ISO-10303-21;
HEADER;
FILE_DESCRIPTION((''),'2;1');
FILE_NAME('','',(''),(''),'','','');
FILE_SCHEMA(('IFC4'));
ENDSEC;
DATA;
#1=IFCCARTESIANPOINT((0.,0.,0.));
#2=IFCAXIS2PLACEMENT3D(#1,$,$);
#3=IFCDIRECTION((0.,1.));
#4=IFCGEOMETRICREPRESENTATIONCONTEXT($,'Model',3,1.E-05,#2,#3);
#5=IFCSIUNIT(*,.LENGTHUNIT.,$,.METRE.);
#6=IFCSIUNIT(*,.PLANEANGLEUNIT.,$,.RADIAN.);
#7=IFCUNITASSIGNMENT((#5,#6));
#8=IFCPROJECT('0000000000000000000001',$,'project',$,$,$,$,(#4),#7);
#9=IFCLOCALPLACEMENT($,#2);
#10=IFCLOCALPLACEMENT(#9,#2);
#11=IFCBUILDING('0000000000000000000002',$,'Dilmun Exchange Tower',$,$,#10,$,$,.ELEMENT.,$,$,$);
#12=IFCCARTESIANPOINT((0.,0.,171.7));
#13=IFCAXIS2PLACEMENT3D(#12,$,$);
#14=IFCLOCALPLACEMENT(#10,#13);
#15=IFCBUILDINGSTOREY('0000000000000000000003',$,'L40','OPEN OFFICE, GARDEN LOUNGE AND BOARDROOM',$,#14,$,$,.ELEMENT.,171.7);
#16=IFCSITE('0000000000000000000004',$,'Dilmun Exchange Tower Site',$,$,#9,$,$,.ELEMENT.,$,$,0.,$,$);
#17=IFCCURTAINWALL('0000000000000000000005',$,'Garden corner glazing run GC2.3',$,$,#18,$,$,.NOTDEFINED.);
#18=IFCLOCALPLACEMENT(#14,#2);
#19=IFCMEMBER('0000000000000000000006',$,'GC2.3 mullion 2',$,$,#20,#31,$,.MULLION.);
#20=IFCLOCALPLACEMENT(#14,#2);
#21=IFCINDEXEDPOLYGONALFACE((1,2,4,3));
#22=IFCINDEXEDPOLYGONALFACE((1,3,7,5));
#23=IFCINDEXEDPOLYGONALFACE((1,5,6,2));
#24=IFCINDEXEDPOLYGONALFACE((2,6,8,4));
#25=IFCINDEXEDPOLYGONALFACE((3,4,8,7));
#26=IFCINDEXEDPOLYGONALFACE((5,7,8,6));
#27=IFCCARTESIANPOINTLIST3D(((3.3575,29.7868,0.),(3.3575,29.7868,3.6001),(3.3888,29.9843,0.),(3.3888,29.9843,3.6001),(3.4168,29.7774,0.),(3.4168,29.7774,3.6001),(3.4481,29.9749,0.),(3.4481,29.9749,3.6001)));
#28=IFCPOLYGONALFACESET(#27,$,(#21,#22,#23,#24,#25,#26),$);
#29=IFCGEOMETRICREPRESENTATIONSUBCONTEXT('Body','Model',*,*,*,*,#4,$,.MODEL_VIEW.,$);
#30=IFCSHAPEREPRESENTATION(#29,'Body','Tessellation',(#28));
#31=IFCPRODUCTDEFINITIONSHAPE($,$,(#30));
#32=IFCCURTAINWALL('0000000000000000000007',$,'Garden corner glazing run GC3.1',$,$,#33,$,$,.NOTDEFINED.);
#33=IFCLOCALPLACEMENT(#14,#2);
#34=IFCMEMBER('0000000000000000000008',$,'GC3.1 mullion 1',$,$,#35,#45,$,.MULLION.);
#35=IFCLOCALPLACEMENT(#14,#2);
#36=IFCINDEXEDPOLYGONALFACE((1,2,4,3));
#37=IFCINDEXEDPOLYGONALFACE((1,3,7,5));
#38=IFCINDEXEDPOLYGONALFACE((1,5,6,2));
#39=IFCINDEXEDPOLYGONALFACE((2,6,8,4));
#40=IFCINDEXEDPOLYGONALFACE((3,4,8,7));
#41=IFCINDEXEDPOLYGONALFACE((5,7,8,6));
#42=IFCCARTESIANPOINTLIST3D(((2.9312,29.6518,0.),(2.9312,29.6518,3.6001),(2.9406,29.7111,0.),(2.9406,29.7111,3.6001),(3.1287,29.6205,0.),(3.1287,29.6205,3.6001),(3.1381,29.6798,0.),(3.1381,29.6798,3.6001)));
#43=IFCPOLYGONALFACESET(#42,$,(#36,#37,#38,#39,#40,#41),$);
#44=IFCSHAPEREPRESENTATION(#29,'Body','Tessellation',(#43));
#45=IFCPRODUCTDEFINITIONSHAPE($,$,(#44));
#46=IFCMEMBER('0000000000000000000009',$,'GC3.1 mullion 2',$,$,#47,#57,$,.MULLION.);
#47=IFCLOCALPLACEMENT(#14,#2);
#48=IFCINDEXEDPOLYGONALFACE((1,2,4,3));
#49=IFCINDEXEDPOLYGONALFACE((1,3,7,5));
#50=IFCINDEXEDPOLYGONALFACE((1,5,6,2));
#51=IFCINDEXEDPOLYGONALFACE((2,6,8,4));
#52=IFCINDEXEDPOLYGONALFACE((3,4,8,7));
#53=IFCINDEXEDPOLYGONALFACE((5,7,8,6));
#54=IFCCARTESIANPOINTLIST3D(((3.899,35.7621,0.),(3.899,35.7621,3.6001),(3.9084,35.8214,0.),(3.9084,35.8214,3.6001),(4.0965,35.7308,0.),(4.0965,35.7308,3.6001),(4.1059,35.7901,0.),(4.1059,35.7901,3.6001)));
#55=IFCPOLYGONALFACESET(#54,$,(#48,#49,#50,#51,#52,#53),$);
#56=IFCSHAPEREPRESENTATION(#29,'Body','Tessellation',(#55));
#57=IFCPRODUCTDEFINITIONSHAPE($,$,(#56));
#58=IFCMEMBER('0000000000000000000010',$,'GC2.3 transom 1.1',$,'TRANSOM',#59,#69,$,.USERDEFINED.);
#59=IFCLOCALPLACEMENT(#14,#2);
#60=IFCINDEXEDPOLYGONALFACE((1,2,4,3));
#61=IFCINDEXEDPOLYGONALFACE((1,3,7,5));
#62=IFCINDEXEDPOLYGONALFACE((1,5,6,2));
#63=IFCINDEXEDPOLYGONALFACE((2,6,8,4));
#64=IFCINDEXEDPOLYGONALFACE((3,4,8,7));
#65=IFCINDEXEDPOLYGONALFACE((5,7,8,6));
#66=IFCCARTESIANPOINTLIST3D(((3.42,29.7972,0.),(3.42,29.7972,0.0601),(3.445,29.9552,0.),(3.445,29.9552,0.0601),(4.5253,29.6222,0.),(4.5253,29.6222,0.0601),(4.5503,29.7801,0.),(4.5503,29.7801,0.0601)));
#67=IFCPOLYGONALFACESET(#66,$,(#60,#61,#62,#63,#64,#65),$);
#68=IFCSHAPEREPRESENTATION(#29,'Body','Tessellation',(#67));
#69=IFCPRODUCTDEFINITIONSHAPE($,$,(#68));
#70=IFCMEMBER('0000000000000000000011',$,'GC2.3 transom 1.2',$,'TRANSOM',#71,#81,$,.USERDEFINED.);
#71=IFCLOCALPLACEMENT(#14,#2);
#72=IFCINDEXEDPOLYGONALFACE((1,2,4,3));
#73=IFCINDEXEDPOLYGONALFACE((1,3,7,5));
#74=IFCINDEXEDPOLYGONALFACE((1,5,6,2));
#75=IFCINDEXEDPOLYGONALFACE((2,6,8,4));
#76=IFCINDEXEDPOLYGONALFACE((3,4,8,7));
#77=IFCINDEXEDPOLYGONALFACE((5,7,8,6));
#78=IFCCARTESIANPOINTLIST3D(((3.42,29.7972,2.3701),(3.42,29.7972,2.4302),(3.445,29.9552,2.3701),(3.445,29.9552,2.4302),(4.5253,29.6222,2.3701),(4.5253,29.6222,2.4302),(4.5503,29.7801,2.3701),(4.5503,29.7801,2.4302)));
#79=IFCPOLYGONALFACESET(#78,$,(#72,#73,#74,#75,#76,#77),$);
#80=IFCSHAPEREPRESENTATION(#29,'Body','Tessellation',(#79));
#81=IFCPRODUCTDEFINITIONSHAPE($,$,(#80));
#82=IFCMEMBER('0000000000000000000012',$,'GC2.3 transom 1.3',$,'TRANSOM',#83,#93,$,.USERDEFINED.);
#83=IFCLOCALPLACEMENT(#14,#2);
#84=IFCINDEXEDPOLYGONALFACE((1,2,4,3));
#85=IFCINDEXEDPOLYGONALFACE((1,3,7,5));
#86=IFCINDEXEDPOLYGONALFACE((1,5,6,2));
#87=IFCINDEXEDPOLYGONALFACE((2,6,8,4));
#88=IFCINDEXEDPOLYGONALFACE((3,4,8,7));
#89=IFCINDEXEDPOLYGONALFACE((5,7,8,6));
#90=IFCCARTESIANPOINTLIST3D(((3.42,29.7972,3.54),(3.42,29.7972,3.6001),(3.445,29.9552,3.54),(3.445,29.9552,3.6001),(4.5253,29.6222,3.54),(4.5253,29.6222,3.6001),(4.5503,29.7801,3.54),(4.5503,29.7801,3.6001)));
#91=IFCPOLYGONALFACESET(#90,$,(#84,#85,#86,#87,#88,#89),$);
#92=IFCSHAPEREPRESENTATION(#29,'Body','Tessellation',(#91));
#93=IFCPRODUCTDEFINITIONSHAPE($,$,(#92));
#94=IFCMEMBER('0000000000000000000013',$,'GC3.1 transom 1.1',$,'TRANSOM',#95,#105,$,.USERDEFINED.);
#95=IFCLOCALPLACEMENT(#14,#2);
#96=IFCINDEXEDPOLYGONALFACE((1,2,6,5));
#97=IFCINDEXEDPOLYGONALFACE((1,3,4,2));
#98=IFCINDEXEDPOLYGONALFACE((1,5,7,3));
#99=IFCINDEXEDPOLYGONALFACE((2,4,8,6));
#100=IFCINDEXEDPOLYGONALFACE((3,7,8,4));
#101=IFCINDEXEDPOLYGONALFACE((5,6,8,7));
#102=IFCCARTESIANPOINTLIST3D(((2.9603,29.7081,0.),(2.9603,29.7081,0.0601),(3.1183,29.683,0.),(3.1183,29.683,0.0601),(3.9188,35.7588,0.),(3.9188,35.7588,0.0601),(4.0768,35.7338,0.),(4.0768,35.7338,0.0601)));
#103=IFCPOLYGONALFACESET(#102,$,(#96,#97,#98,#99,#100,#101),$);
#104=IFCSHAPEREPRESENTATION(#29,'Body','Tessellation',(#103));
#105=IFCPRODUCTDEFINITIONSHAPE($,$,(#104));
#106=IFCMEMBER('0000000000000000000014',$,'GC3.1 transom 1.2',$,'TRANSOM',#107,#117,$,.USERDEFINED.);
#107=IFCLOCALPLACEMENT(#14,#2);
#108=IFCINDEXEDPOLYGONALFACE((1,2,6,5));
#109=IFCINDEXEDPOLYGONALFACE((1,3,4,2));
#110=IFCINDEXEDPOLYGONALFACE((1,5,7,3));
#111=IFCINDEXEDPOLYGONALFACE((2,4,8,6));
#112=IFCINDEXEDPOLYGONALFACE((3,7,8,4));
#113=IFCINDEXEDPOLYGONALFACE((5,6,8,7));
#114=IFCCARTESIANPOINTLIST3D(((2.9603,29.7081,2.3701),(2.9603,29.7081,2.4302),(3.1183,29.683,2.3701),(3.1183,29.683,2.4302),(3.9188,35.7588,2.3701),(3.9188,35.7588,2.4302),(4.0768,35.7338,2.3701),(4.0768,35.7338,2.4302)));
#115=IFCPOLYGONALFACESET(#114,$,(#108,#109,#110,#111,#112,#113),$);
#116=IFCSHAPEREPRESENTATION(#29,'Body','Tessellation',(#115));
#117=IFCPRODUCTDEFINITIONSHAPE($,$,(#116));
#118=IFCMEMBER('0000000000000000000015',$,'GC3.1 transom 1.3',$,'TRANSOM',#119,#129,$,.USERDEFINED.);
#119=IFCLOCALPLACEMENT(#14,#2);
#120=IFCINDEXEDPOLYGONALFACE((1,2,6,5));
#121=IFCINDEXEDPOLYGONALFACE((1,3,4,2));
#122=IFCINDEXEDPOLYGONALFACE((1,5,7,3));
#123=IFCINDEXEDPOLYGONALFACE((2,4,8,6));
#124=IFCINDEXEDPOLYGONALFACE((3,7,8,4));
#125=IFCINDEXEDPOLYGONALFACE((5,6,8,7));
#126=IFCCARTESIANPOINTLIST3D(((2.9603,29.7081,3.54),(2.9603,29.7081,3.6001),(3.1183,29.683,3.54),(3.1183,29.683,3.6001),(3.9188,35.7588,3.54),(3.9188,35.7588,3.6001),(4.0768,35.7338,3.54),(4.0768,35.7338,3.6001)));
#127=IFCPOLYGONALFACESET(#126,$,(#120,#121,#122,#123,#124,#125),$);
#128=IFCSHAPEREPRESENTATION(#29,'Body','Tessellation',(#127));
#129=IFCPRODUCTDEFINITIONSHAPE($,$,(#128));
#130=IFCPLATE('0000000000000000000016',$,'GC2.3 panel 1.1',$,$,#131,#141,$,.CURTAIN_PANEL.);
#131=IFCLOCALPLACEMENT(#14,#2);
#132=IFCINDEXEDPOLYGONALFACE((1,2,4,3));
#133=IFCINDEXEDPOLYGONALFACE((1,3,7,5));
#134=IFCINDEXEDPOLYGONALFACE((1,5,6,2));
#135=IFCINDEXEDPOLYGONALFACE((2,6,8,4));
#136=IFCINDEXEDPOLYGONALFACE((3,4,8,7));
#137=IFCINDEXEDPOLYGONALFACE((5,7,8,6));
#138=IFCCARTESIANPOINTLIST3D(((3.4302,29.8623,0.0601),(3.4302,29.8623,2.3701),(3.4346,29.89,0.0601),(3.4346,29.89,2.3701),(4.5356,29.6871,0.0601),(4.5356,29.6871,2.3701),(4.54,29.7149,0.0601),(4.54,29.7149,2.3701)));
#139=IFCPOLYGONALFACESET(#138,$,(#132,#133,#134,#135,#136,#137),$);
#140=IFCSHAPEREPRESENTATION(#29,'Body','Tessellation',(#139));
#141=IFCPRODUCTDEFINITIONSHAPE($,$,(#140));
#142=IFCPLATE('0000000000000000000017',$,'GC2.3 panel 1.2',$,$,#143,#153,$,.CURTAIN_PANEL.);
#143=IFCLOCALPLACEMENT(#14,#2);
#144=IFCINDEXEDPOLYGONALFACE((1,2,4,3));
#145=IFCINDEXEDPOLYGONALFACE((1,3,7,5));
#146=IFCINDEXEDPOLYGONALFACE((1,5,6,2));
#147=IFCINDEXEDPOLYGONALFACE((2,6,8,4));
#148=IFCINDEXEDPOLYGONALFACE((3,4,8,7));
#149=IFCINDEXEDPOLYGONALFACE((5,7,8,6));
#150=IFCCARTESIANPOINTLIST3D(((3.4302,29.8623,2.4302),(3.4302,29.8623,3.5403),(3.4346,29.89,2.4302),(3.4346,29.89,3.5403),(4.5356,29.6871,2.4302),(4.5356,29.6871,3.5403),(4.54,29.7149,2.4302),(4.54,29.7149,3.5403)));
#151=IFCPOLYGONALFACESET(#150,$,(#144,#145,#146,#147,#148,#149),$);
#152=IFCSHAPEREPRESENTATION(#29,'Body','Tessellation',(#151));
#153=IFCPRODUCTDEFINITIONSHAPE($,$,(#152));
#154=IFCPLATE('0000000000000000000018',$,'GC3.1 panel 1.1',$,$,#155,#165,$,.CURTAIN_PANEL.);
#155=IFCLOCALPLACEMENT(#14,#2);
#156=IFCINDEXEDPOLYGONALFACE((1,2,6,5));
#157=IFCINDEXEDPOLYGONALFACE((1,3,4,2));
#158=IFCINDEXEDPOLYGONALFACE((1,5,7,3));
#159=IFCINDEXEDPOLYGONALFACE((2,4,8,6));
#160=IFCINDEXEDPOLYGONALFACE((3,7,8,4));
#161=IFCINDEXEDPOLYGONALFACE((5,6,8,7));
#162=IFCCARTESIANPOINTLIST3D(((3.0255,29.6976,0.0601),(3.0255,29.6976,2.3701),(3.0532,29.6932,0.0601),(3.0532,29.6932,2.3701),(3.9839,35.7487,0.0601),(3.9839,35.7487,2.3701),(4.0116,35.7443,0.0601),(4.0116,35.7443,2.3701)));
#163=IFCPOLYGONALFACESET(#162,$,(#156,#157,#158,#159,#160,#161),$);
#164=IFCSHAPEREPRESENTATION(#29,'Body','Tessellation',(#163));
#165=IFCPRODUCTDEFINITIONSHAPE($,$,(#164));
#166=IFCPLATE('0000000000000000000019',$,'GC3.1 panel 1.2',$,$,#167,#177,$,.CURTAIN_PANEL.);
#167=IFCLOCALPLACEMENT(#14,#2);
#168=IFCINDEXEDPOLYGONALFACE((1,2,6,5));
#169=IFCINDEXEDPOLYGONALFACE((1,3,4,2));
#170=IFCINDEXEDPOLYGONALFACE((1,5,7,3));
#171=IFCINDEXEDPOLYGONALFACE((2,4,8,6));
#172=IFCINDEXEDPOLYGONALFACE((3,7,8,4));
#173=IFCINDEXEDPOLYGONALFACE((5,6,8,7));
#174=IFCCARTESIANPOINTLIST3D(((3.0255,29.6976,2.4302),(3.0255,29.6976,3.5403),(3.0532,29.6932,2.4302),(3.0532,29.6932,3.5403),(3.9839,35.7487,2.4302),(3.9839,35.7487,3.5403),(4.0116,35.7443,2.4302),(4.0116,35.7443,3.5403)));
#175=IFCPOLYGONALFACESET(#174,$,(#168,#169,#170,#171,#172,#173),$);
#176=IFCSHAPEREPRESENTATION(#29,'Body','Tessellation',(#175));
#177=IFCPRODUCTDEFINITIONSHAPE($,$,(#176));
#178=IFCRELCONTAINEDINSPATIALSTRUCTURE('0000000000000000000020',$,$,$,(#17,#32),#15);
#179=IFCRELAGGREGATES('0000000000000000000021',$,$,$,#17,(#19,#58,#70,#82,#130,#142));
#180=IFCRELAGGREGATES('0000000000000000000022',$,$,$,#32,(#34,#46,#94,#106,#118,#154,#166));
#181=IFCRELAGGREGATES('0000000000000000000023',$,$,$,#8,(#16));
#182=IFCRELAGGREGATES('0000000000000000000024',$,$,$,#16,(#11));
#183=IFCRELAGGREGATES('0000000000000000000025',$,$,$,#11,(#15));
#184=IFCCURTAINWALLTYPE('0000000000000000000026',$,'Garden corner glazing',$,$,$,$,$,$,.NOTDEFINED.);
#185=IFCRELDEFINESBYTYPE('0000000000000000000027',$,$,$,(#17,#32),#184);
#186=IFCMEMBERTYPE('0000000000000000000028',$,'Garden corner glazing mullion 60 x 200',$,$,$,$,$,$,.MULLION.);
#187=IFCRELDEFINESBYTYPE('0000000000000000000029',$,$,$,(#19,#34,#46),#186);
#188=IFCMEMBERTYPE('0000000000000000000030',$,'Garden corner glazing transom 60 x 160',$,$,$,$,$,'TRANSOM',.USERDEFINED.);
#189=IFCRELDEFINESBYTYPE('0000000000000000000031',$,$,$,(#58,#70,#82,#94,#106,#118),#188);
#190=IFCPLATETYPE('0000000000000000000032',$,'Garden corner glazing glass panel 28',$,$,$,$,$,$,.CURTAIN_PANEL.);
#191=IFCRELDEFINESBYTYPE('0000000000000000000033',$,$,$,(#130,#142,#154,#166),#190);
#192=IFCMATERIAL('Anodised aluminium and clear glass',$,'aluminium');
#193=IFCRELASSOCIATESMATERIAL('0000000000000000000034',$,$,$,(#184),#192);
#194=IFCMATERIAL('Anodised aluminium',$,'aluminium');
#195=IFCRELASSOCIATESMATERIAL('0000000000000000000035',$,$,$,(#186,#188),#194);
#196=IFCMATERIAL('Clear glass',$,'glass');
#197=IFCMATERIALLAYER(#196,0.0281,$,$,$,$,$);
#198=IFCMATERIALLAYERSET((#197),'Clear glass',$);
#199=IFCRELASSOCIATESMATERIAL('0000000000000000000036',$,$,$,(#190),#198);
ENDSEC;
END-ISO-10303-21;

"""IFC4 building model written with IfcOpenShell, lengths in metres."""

from ifc_helpers import new_model, si_unit, direction, frame, origin, origin_2d, place, context, subcontext, project, spatial, rectangle, extrude, material, layer, layer_set, material_profile, profile_set, type_object, element, aggregate, save


model = new_model("IFC4")

# Units and contexts
model_context = context("Model", 3, precision=1e-05, world=origin(), true_north=direction((0.0, 1.0)))
body_context = subcontext(model_context, "Body", "Model", "MODEL_VIEW")
ifc_project = project(units=[si_unit("LENGTHUNIT", "METRE"), si_unit("PLANEANGLEUNIT", "RADIAN")], contexts=[model_context])

# Site, building, storey
site_placement = place(None, origin())
site = spatial("IfcSite", under=ifc_project, at=site_placement, Name="Dilmun Exchange Tower Site", CompositionType="ELEMENT", RefElevation=0.0)
building_placement = place(site_placement, origin())
building = spatial("IfcBuilding", under=site, at=building_placement, Name="Dilmun Exchange Tower", CompositionType="ELEMENT")
storey_placement = place(building_placement, frame((0.0, 0.0, 171.7)))
storey = spatial("IfcBuildingStorey", under=building, at=storey_placement, Name="L40", Description="OPEN OFFICE, GARDEN LOUNGE AND BOARDROOM", CompositionType="ELEMENT", Elevation=171.7)

# Curtain wall, member
ifc_material_1 = material(Name="Anodised aluminium and clear glass", Category="aluminium")
curtain_wall_type = type_object("IfcCurtainWallType", Name="Garden corner glazing", PredefinedType="NOTDEFINED", material=ifc_material_1)
curtain_wall_1_placement = place(storey_placement, origin())
curtain_wall_1 = element("IfcCurtainWall", 1, at=curtain_wall_1_placement, inside=storey, type_object=curtain_wall_type, Name="Garden corner glazing run GC2.3", PredefinedType="NOTDEFINED")
ifc_material_2 = material(Name="Anodised aluminium", Category="aluminium")
ifc_material_profile_1 = material_profile(ifc_material_2, rectangle(XDim=0.2, YDim=0.0601, at=origin_2d()), Name="AL 60x200")
ifc_profile_set_1 = profile_set([ifc_material_profile_1], Name="Anodised aluminium")
member_type_1 = type_object("IfcMemberType", Name="Garden corner glazing mullion 60 x 200", PredefinedType="MULLION", material=ifc_profile_set_1)
member_1_placement = place(storey_placement, frame((3.4028, 29.8809, 0.0), z_axis=(0.0, 0.0, 1.0), x_axis=(-0.156489, -0.98768, 0.0)))
member_1 = element("IfcMember", 2, at=member_1_placement, type_object=member_type_1, Name="GC2.3 mullion 2", PredefinedType="MULLION", context=body_context, shape_type="SweptSolid", body=[
    extrude(rectangle(XDim=0.2, YDim=0.0601, at=origin_2d()), origin(), (0.0, 0.0, 1.0), 3.6001),
])

# Curtain wall, members
curtain_wall_2_placement = place(storey_placement, origin())
curtain_wall_2 = element("IfcCurtainWall", 3, at=curtain_wall_2_placement, inside=storey, type_object=curtain_wall_type, Name="Garden corner glazing run GC3.1", PredefinedType="NOTDEFINED")
member_2_placement = place(storey_placement, frame((3.0347, 29.6658, 0.0), z_axis=(0.0, 0.0, 1.0), x_axis=(-0.987687, 0.156442, 0.0)))
member_2 = element("IfcMember", 4, at=member_2_placement, type_object=member_type_1, Name="GC3.1 mullion 1", PredefinedType="MULLION", context=body_context, shape_type="SweptSolid", body=[
    extrude(rectangle(XDim=0.2, YDim=0.0601, at=origin_2d()), origin(), (0.0, 0.0, 1.0), 3.6001),
])
member_3_placement = place(storey_placement, frame((4.0024, 35.7761, 0.0), z_axis=(0.0, 0.0, 1.0), x_axis=(-0.987687, 0.156442, 0.0)))
member_3 = element("IfcMember", 5, at=member_3_placement, type_object=member_type_1, Name="GC3.1 mullion 2", PredefinedType="MULLION", context=body_context, shape_type="SweptSolid", body=[
    extrude(rectangle(XDim=0.2, YDim=0.0601, at=origin_2d()), origin(), (0.0, 0.0, 1.0), 3.6001),
])

# Members
ifc_material_profile_2 = material_profile(ifc_material_2, rectangle(XDim=0.1599, YDim=0.0601, at=origin_2d()), Name="AL 60x160")
ifc_profile_set_2 = profile_set([ifc_material_profile_2], Name="Anodised aluminium")
member_type_2 = type_object("IfcMemberType", Name="Garden corner glazing transom 60 x 160", ElementType="TRANSOM", PredefinedType="USERDEFINED", material=ifc_profile_set_2)
member_4_placement = place(storey_placement, frame((4.5378, 29.7012, 0.03), z_axis=(-0.987694, 0.156399, 0.0), x_axis=(-0.156399, -0.987694, 0.0)))
member_4 = element("IfcMember", 6, at=member_4_placement, type_object=member_type_2, Name="GC2.3 transom 1.1", ObjectType="TRANSOM", PredefinedType="USERDEFINED", context=body_context, shape_type="SweptSolid", body=[
    extrude(rectangle(XDim=0.1599, YDim=0.0601, at=origin_2d()), origin(), (0.0, 0.0, 1.0), 1.1191),
])
member_5_placement = place(storey_placement, frame((4.5378, 29.7012, 2.4001), z_axis=(-0.987694, 0.156399, 0.0), x_axis=(-0.156399, -0.987694, 0.0)))
member_5 = element("IfcMember", 7, at=member_5_placement, type_object=member_type_2, Name="GC2.3 transom 1.2", ObjectType="TRANSOM", PredefinedType="USERDEFINED", context=body_context, shape_type="SweptSolid", body=[
    extrude(rectangle(XDim=0.1599, YDim=0.0601, at=origin_2d()), origin(), (0.0, 0.0, 1.0), 1.1191),
])
member_6_placement = place(storey_placement, frame((4.5378, 29.7012, 3.5701), z_axis=(-0.987694, 0.156399, 0.0), x_axis=(-0.156399, -0.987694, 0.0)))
member_6 = element("IfcMember", 8, at=member_6_placement, type_object=member_type_2, Name="GC2.3 transom 1.3", ObjectType="TRANSOM", PredefinedType="USERDEFINED", context=body_context, shape_type="SweptSolid", body=[
    extrude(rectangle(XDim=0.1599, YDim=0.0601, at=origin_2d()), origin(), (0.0, 0.0, 1.0), 1.1191),
])
member_7_placement = place(storey_placement, frame((3.0393, 29.6956, 0.03), z_axis=(0.156458, 0.987685, 0.0), x_axis=(-0.987685, 0.156458, 0.0)))
member_7 = element("IfcMember", 9, at=member_7_placement, type_object=member_type_2, Name="GC3.1 transom 1.1", ObjectType="TRANSOM", PredefinedType="USERDEFINED", context=body_context, shape_type="SweptSolid", body=[
    extrude(rectangle(XDim=0.1599, YDim=0.0601, at=origin_2d()), origin(), (0.0, 0.0, 1.0), 6.1262),
])
member_8_placement = place(storey_placement, frame((3.0393, 29.6956, 2.4001), z_axis=(0.156458, 0.987685, 0.0), x_axis=(-0.987685, 0.156458, 0.0)))
member_8 = element("IfcMember", 10, at=member_8_placement, type_object=member_type_2, Name="GC3.1 transom 1.2", ObjectType="TRANSOM", PredefinedType="USERDEFINED", context=body_context, shape_type="SweptSolid", body=[
    extrude(rectangle(XDim=0.1599, YDim=0.0601, at=origin_2d()), origin(), (0.0, 0.0, 1.0), 6.1262),
])
member_9_placement = place(storey_placement, frame((3.0393, 29.6956, 3.5701), z_axis=(0.156458, 0.987685, 0.0), x_axis=(-0.987685, 0.156458, 0.0)))
member_9 = element("IfcMember", 11, at=member_9_placement, type_object=member_type_2, Name="GC3.1 transom 1.3", ObjectType="TRANSOM", PredefinedType="USERDEFINED", context=body_context, shape_type="SweptSolid", body=[
    extrude(rectangle(XDim=0.1599, YDim=0.0601, at=origin_2d()), origin(), (0.0, 0.0, 1.0), 6.1262),
])

# Plates
ifc_material_3 = material(Name="Clear glass", Category="glass")
ifc_layer_1 = layer(ifc_material_3, 0.0281)
ifc_layer_set_1 = layer_set([ifc_layer_1], Name="Clear glass")
plate_type = type_object("IfcPlateType", Name="Garden corner glazing glass panel 28", PredefinedType="CURTAIN_PANEL", material=ifc_layer_set_1)
plate_1_placement = place(storey_placement, frame((3.9851, 29.7886, 0.0601), z_axis=(0.0, 0.0, 1.0), x_axis=(-0.98768, 0.156489, 0.0)))
plate_1 = element("IfcPlate", 12, at=plate_1_placement, type_object=plate_type, Name="GC2.3 panel 1.1", PredefinedType="CURTAIN_PANEL", context=body_context, shape_type="SweptSolid", body=[
    extrude(rectangle(XDim=1.1191, YDim=0.0281, at=origin_2d()), origin(), (0.0, 0.0, 1.0), 2.3101),
])
plate_2_placement = place(storey_placement, frame((3.9851, 29.7886, 2.4302), z_axis=(0.0, 0.0, 1.0), x_axis=(-0.98768, 0.156489, 0.0)))
plate_2 = element("IfcPlate", 13, at=plate_2_placement, type_object=plate_type, Name="GC2.3 panel 1.2", PredefinedType="CURTAIN_PANEL", context=body_context, shape_type="SweptSolid", body=[
    extrude(rectangle(XDim=1.1191, YDim=0.0281, at=origin_2d()), origin(), (0.0, 0.0, 1.0), 1.1101),
])
aggregate(curtain_wall_1, [member_1, member_4, member_5, member_6, plate_1, plate_2])
plate_3_placement = place(storey_placement, frame((3.5186, 32.7209, 0.0601), z_axis=(0.0, 0.0, 1.0), x_axis=(0.156442, 0.987687, 0.0)))
plate_3 = element("IfcPlate", 14, at=plate_3_placement, type_object=plate_type, Name="GC3.1 panel 1.1", PredefinedType="CURTAIN_PANEL", context=body_context, shape_type="SweptSolid", body=[
    extrude(rectangle(XDim=6.1265, YDim=0.0281, at=origin_2d()), origin(), (0.0, 0.0, 1.0), 2.3101),
])
plate_4_placement = place(storey_placement, frame((3.5186, 32.7209, 2.4302), z_axis=(0.0, 0.0, 1.0), x_axis=(0.156442, 0.987687, 0.0)))
plate_4 = element("IfcPlate", 15, at=plate_4_placement, type_object=plate_type, Name="GC3.1 panel 1.2", PredefinedType="CURTAIN_PANEL", context=body_context, shape_type="SweptSolid", body=[
    extrude(rectangle(XDim=6.1265, YDim=0.0281, at=origin_2d()), origin(), (0.0, 0.0, 1.0), 1.1101),
])
aggregate(curtain_wall_2, [member_2, member_3, member_7, member_8, member_9, plate_3, plate_4])

save(model, "model.ifc")
